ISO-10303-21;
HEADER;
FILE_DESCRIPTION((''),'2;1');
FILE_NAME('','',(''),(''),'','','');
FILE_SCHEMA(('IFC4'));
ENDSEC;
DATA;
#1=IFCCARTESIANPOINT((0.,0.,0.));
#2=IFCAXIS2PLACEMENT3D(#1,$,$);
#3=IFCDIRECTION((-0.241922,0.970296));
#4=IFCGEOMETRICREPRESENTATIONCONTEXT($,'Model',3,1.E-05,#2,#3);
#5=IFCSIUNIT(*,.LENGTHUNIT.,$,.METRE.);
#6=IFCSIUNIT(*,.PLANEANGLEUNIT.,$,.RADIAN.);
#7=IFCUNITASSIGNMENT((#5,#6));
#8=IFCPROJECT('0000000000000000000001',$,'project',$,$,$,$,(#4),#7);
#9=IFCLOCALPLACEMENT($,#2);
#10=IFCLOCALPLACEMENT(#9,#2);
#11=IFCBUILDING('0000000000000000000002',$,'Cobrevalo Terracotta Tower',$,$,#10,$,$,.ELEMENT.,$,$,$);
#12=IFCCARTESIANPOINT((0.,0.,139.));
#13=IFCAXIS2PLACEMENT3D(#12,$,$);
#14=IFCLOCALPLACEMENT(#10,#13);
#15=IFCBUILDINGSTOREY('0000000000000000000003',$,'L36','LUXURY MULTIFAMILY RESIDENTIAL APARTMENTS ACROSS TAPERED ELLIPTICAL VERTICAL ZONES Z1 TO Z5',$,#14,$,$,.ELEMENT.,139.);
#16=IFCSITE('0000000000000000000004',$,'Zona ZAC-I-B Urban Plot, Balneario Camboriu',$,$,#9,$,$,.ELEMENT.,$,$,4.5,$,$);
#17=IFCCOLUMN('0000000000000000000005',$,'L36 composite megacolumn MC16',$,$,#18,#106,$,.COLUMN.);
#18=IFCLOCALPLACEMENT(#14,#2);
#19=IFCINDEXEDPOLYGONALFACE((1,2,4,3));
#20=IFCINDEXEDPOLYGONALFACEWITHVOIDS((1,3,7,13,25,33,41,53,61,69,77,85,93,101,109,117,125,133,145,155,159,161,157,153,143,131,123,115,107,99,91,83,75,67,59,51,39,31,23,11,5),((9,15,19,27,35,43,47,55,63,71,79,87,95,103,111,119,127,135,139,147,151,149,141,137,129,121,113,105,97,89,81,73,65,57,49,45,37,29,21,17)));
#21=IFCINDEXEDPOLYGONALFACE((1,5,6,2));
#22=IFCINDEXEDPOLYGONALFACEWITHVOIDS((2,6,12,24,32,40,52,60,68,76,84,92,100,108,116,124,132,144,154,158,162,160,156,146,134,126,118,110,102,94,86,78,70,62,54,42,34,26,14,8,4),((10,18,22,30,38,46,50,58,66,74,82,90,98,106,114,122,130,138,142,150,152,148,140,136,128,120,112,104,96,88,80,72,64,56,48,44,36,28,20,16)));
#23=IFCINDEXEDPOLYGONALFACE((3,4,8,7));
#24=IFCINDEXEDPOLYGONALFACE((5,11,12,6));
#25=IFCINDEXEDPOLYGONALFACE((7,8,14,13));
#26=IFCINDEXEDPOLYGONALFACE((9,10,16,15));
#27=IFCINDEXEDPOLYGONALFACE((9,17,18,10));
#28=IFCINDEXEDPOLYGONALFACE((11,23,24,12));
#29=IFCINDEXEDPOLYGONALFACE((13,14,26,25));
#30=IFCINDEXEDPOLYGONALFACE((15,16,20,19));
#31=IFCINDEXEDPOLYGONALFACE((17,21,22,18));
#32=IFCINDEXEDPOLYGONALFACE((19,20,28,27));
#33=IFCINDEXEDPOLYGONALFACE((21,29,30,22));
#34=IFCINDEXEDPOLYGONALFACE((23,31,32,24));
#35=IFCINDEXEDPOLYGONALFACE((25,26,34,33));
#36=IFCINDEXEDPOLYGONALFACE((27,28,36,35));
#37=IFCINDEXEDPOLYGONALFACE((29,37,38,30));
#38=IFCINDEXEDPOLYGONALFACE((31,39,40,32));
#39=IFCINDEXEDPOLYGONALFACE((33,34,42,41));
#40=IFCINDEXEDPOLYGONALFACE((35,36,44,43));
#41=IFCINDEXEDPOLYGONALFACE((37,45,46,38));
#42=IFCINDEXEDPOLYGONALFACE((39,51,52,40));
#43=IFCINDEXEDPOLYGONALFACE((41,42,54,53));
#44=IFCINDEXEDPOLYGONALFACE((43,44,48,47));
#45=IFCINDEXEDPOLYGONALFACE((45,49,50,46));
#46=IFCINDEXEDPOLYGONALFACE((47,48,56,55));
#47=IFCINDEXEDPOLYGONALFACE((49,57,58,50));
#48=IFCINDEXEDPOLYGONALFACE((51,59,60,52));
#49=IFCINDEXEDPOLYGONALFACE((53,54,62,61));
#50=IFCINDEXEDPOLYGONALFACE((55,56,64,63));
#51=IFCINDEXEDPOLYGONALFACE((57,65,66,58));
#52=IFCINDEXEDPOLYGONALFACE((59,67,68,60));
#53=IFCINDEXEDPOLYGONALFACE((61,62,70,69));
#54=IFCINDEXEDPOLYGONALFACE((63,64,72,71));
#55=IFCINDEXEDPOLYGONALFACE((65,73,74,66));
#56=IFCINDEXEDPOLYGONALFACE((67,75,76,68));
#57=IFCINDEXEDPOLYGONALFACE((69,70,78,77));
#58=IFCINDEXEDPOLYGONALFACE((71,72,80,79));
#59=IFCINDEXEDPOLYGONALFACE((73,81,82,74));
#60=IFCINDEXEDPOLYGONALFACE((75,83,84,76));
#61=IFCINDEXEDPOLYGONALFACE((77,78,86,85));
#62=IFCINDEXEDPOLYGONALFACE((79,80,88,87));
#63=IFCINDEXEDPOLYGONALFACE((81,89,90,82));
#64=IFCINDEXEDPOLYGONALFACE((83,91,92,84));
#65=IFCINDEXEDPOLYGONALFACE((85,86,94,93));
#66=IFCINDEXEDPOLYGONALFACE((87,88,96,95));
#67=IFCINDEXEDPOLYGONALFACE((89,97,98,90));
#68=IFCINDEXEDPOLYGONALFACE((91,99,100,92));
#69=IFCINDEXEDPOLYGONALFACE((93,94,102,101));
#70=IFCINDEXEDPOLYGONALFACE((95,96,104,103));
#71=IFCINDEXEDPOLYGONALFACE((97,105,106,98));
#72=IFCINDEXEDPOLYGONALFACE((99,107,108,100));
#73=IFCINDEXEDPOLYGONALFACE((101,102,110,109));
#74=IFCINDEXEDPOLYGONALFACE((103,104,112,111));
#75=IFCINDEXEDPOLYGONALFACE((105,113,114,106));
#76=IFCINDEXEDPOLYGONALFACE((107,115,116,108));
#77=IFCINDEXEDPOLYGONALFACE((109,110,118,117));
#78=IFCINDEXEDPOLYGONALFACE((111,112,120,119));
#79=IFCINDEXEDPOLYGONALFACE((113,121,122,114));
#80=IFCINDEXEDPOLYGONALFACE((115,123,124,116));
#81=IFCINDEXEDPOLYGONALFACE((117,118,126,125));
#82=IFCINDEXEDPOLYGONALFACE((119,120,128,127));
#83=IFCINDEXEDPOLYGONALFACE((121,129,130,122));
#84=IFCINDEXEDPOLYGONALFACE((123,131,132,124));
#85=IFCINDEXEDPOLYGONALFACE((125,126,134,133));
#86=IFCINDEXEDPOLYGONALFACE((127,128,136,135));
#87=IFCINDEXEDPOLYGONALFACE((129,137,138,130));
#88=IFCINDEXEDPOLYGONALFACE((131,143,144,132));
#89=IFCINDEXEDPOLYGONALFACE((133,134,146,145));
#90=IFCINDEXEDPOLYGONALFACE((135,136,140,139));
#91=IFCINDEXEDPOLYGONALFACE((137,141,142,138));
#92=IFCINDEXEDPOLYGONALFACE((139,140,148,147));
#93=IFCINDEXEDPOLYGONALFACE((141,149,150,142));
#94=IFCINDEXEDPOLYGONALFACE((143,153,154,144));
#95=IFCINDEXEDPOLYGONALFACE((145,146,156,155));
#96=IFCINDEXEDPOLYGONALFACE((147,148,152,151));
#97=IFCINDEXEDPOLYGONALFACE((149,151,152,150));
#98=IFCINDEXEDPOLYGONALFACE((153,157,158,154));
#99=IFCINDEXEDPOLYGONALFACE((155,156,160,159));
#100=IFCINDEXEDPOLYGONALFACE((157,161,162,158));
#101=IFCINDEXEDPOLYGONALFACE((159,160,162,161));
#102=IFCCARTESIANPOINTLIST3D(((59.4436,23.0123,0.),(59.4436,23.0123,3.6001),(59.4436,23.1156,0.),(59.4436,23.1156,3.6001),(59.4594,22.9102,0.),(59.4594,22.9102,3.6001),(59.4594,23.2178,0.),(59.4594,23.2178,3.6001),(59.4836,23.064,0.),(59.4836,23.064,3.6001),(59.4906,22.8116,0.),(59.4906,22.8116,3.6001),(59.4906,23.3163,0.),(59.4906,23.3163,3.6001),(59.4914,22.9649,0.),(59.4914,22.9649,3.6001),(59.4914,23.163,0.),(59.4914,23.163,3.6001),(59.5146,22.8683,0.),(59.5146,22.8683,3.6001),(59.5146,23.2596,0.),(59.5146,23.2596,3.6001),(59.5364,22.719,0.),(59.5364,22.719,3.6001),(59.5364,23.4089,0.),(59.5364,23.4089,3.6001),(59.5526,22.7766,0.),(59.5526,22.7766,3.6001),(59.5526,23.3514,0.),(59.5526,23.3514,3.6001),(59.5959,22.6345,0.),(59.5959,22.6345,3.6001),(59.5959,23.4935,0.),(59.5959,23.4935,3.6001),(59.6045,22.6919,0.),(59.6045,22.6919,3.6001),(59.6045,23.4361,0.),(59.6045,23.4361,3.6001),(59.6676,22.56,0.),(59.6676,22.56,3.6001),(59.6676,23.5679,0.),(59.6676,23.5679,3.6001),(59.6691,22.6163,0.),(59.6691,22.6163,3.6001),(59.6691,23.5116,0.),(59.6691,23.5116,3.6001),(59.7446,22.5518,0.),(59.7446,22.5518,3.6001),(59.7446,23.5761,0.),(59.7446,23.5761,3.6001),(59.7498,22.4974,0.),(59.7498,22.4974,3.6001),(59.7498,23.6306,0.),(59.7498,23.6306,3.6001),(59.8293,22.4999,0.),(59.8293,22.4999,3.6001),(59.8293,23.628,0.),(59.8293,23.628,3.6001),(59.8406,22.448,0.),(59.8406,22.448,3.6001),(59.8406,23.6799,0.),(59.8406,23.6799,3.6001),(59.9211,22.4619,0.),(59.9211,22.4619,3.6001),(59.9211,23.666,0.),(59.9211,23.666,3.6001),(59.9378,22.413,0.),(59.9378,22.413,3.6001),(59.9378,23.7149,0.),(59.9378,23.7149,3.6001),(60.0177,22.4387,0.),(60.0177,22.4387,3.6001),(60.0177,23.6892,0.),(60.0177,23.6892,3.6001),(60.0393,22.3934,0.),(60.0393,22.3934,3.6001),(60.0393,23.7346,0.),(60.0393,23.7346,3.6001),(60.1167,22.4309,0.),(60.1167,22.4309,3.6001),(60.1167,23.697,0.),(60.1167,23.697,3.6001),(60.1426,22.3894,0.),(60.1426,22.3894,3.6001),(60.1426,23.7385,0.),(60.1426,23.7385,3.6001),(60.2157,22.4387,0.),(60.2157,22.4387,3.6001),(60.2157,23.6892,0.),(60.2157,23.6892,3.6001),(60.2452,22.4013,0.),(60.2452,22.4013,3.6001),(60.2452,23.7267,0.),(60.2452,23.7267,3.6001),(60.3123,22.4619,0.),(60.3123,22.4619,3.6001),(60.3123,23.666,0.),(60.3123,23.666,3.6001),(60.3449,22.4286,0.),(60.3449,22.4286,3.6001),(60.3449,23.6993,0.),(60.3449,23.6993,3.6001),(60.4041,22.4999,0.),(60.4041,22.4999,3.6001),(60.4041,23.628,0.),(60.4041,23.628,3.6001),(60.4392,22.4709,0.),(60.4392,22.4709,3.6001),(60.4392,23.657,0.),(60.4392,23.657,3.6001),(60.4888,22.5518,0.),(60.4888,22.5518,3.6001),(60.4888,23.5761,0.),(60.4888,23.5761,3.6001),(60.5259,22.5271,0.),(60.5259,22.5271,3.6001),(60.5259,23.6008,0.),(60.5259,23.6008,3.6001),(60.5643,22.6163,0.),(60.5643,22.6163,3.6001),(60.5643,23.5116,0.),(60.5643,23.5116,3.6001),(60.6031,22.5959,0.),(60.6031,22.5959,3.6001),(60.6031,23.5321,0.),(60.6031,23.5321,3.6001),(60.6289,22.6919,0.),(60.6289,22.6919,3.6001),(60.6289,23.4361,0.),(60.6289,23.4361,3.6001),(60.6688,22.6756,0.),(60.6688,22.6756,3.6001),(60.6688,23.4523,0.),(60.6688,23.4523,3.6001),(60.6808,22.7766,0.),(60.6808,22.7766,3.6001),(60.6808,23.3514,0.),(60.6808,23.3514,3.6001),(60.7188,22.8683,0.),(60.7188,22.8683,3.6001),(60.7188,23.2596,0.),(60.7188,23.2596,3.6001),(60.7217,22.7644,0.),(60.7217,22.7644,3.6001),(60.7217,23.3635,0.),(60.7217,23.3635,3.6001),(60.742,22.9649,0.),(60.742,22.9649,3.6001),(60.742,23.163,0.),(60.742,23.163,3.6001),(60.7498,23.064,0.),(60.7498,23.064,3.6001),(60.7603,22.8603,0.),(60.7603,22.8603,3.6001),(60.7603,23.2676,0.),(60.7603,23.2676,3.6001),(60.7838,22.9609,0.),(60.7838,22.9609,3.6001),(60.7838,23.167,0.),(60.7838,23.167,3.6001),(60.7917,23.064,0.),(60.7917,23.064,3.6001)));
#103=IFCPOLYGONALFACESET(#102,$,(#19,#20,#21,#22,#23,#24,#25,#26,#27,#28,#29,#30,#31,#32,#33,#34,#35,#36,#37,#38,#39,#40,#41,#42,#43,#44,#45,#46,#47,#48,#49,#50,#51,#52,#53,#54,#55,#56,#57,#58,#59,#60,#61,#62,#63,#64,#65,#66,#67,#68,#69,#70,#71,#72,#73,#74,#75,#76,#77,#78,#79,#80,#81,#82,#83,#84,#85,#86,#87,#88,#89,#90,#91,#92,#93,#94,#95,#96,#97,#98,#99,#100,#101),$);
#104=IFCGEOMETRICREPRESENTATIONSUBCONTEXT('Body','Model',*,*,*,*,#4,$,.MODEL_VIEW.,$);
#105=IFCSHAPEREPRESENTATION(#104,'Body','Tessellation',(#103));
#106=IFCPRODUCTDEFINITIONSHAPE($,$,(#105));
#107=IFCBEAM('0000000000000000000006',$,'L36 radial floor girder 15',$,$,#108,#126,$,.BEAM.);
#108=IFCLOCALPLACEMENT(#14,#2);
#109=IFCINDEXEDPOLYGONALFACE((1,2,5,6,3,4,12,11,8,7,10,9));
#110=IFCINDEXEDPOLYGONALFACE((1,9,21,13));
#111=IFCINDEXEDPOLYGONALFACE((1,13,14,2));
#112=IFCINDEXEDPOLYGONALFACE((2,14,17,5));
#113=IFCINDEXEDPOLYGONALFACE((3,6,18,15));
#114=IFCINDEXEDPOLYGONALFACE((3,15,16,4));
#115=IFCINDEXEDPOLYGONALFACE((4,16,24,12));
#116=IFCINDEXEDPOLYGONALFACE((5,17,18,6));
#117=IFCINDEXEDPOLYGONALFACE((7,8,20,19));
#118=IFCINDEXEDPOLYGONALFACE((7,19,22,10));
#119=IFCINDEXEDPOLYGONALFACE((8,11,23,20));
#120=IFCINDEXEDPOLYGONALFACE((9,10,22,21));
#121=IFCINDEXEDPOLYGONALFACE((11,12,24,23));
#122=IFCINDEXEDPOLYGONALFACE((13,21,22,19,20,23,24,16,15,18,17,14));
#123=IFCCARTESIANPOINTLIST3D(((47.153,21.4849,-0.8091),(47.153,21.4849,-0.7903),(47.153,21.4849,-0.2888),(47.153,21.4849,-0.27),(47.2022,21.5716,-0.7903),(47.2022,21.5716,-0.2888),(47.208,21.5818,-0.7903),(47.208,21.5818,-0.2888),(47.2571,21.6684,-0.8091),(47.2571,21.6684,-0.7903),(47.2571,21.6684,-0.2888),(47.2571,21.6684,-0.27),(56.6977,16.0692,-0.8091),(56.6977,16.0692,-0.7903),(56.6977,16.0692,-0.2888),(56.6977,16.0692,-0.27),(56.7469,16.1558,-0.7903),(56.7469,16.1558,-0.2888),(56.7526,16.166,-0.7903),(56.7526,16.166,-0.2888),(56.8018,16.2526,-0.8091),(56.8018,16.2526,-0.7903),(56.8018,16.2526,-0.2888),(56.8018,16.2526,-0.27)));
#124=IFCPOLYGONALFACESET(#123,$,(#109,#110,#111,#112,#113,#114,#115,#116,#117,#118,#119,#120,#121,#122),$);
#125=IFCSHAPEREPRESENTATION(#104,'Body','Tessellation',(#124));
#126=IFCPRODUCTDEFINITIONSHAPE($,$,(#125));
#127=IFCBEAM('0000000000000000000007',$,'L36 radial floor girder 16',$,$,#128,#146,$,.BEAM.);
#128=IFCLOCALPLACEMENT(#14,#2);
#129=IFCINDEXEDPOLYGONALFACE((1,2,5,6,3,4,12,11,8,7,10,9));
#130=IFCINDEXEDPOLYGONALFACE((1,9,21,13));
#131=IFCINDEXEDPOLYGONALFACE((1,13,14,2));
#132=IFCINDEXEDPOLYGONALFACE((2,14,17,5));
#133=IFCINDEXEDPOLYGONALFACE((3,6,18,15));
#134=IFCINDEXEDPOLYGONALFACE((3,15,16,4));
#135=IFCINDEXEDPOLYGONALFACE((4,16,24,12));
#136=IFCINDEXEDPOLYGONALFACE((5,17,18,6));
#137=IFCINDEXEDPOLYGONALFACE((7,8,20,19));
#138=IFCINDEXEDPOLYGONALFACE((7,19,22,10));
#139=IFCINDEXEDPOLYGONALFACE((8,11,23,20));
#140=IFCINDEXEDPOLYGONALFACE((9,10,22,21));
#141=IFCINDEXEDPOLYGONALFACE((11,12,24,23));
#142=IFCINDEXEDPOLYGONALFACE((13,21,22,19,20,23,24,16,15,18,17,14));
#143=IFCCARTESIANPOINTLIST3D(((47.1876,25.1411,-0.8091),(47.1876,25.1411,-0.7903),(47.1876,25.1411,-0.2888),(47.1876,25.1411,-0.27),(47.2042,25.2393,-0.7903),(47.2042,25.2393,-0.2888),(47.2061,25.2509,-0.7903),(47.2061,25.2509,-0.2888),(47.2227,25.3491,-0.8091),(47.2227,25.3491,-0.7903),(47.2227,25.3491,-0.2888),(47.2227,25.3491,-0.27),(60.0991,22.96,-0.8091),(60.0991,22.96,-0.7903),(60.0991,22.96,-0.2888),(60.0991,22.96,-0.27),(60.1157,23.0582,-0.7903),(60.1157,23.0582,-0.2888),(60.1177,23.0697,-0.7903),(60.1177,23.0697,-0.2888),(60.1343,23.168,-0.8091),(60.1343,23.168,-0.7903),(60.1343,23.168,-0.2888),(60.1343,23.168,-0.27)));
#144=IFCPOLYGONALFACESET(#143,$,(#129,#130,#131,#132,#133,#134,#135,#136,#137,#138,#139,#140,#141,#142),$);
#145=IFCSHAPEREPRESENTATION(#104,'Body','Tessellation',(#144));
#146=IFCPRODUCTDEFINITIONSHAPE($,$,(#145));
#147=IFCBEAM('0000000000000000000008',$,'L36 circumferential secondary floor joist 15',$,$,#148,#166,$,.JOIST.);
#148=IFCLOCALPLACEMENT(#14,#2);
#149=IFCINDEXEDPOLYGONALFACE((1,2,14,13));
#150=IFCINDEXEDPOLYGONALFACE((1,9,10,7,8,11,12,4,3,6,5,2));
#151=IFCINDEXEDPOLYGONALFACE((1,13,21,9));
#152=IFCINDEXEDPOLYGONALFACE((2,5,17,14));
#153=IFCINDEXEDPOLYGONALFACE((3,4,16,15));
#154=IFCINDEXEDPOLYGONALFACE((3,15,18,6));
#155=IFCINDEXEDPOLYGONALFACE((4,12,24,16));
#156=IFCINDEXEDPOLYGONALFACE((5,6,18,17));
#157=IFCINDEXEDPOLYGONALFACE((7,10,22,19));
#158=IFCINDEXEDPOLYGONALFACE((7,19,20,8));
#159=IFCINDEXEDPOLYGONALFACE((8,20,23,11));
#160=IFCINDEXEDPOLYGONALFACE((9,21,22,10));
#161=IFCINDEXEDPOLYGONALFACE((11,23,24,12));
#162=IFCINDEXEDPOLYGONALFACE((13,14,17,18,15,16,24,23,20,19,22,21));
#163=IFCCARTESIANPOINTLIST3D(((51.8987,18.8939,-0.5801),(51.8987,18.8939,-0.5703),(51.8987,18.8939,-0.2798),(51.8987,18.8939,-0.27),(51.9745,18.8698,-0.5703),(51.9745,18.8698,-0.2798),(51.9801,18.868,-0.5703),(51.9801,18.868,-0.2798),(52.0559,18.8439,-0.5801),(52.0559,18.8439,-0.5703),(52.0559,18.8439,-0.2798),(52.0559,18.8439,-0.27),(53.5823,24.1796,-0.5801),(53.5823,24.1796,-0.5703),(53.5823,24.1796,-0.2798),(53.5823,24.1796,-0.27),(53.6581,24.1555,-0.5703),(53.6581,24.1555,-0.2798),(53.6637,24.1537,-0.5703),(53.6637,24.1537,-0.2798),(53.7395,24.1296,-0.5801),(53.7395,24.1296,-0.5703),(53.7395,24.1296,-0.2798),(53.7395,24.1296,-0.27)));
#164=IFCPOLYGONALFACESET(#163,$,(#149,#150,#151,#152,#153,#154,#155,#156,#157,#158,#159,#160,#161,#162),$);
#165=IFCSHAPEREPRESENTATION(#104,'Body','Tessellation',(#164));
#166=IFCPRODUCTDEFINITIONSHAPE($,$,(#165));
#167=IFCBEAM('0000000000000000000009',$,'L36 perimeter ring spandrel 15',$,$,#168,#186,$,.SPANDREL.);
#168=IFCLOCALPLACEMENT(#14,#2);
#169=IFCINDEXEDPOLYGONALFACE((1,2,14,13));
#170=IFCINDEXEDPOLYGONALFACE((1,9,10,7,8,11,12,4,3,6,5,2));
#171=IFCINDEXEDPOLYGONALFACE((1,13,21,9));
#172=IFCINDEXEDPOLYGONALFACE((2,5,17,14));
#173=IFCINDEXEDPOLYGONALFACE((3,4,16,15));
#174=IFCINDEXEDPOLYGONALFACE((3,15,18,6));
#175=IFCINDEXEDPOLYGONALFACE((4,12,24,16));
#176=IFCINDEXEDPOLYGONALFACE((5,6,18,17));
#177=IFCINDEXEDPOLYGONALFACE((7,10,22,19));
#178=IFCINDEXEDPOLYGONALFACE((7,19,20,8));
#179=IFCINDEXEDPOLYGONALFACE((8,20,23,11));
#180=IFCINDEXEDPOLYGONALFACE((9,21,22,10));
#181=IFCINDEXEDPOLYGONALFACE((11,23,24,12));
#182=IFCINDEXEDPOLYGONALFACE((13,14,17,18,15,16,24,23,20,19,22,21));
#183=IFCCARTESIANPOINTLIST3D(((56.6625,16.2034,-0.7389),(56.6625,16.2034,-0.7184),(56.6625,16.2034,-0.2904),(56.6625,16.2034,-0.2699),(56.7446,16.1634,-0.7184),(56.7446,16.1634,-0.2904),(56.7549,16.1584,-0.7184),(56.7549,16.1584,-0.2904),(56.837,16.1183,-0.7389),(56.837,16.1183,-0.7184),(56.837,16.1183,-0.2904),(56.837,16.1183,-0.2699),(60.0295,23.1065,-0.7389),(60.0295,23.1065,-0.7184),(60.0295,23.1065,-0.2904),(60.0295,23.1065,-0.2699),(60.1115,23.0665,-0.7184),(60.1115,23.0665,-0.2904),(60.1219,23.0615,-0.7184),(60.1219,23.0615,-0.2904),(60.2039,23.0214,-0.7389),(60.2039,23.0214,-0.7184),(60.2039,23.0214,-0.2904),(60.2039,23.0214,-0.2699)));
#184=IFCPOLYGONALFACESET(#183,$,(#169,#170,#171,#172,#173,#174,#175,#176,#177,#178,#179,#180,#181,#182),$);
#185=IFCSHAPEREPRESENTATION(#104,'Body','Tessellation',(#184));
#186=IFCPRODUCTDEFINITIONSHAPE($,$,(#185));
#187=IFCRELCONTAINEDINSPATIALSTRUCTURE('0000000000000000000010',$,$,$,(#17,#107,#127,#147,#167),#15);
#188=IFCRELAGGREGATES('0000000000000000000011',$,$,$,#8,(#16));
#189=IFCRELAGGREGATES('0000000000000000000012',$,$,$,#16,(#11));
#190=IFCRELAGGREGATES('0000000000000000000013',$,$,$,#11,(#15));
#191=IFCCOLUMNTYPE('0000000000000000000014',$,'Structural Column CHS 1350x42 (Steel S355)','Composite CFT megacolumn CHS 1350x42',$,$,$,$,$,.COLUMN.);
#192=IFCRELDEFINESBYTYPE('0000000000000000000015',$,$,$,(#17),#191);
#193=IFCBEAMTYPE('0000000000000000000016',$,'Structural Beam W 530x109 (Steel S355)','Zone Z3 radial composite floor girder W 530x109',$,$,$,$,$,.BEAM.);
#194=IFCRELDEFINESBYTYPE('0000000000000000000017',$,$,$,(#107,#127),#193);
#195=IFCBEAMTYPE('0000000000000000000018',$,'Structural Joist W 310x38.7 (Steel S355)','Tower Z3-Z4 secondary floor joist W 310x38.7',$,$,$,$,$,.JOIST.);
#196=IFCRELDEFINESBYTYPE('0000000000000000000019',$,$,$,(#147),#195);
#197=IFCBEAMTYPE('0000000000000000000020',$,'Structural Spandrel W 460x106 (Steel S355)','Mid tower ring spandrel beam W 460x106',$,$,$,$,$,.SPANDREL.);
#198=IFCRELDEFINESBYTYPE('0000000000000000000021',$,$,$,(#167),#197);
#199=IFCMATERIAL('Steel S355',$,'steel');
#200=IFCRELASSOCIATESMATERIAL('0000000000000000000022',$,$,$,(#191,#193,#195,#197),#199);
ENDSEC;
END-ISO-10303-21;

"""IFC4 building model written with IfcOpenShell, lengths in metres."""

from ifc_helpers import new_model, si_unit, direction, frame, origin, origin_2d, place, context, subcontext, project, spatial, hollow_circle, i_section, extrude, material, material_profile, profile_set, type_object, element, save


model = new_model("IFC4")

# Units and contexts
model_context = context("Model", 3, precision=1e-05, world=origin(), true_north=direction((-0.241922, 0.970296)))
body_context = subcontext(model_context, "Body", "Model", "MODEL_VIEW")
ifc_project = project(units=[si_unit("LENGTHUNIT", "METRE"), si_unit("PLANEANGLEUNIT", "RADIAN")], contexts=[model_context])

# Site, building, storey
site_placement = place(None, origin())
site = spatial("IfcSite", under=ifc_project, at=site_placement, Name="Zona ZAC-I-B Urban Plot, Balneario Camboriu", CompositionType="ELEMENT", RefElevation=4.5)
building_placement = place(site_placement, origin())
building = spatial("IfcBuilding", under=site, at=building_placement, Name="Cobrevalo Terracotta Tower", CompositionType="ELEMENT")
storey_placement = place(building_placement, frame((0.0, 0.0, 139.0)))
storey = spatial("IfcBuildingStorey", under=building, at=storey_placement, Name="L36", Description="LUXURY MULTIFAMILY RESIDENTIAL APARTMENTS ACROSS TAPERED ELLIPTICAL VERTICAL ZONES Z1 TO Z5", CompositionType="ELEMENT", Elevation=139.0)

# Column
ifc_material_1 = material(Name="Steel S355", Category="steel")
ifc_material_profile_1 = material_profile(ifc_material_1, hollow_circle(Radius=0.675, WallThickness=0.042, at=origin_2d()), Name="CHS 1350x42")
ifc_profile_set_1 = profile_set([ifc_material_profile_1], Name="Steel S355")
column_type = type_object("IfcColumnType", Name="Structural Column CHS 1350x42 (Steel S355)", Description="Composite CFT megacolumn CHS 1350x42", PredefinedType="COLUMN", material=ifc_profile_set_1)
column_placement = place(storey_placement, frame((60.1167, 23.064, 0.0), z_axis=(0.0, 0.0, 1.0), x_axis=(1.0, 0.0, 0.0)))
element("IfcColumn", 1, at=column_placement, inside=storey, type_object=column_type, Name="L36 composite megacolumn MC16", PredefinedType="COLUMN", context=body_context, shape_type="SweptSolid", body=[
    extrude(hollow_circle(Radius=0.675, WallThickness=0.042, at=origin_2d()), origin(), (0.0, 0.0, 1.0), 3.6001),
])

# Beams
ifc_material_profile_2 = material_profile(ifc_material_1, i_section(OverallWidth=0.2109, OverallDepth=0.5391, WebThickness=0.0117, FlangeThickness=0.0188, at=origin_2d()), Name="W 530x109")
ifc_profile_set_2 = profile_set([ifc_material_profile_2], Name="Steel S355")
beam_type_1 = type_object("IfcBeamType", Name="Structural Beam W 530x109 (Steel S355)", Description="Zone Z3 radial composite floor girder W 530x109", PredefinedType="BEAM", material=ifc_profile_set_2)
beam_1_placement = place(storey_placement, frame((56.7498, 16.1609, -0.5396), z_axis=(-0.869744, 0.493504, 0.0), x_axis=(-0.493504, -0.869744, 0.0)))
element("IfcBeam", 2, at=beam_1_placement, inside=storey, type_object=beam_type_1, Name="L36 radial floor girder 15", PredefinedType="BEAM", context=body_context, shape_type="SweptSolid", body=[
    extrude(i_section(OverallWidth=0.2109, OverallDepth=0.5391, WebThickness=0.0117, FlangeThickness=0.0188, at=origin_2d()), origin(), (0.0, 0.0, 1.0), 10.9741),
])
beam_2_placement = place(storey_placement, frame((60.1167, 23.064, -0.5396), z_axis=(-0.98603, 0.166569, 0.0), x_axis=(-0.166569, -0.98603, 0.0)))
element("IfcBeam", 3, at=beam_2_placement, inside=storey, type_object=beam_type_1, Name="L36 radial floor girder 16", PredefinedType="BEAM", context=body_context, shape_type="SweptSolid", body=[
    extrude(i_section(OverallWidth=0.2109, OverallDepth=0.5391, WebThickness=0.0117, FlangeThickness=0.0188, at=origin_2d()), origin(), (0.0, 0.0, 1.0), 13.0945),
])
ifc_material_profile_3 = material_profile(ifc_material_1, i_section(OverallWidth=0.165, OverallDepth=0.3101, WebThickness=0.0059, FlangeThickness=0.0098, at=origin_2d()), Name="W 310x38.7")
ifc_profile_set_3 = profile_set([ifc_material_profile_3], Name="Steel S355")
beam_type_2 = type_object("IfcBeamType", Name="Structural Joist W 310x38.7 (Steel S355)", Description="Tower Z3-Z4 secondary floor joist W 310x38.7", PredefinedType="JOIST", material=ifc_profile_set_3)
beam_3_placement = place(storey_placement, frame((51.9773, 18.8689, -0.425), z_axis=(0.303498, 0.952832, 0.0), x_axis=(-0.952832, 0.303498, 0.0)))
element("IfcBeam", 4, at=beam_3_placement, inside=storey, type_object=beam_type_2, Name="L36 circumferential secondary floor joist 15", PredefinedType="JOIST", context=body_context, shape_type="SweptSolid", body=[
    extrude(i_section(OverallWidth=0.165, OverallDepth=0.3101, WebThickness=0.0059, FlangeThickness=0.0098, at=origin_2d()), origin(), (0.0, 0.0, 1.0), 5.5474),
])
ifc_material_profile_4 = material_profile(ifc_material_1, i_section(OverallWidth=0.1941, OverallDepth=0.469, WebThickness=0.0115, FlangeThickness=0.0205, at=origin_2d()), Name="W 460x106")
ifc_profile_set_4 = profile_set([ifc_material_profile_4], Name="Steel S355")
beam_type_3 = type_object("IfcBeamType", Name="Structural Spandrel W 460x106 (Steel S355)", Description="Mid tower ring spandrel beam W 460x106", PredefinedType="SPANDREL", material=ifc_profile_set_4)
beam_4_placement = place(storey_placement, frame((56.7498, 16.1609, -0.5044), z_axis=(0.43838, 0.89879, 0.0), x_axis=(-0.89879, 0.43838, 0.0)))
element("IfcBeam", 5, at=beam_4_placement, inside=storey, type_object=beam_type_3, Name="L36 perimeter ring spandrel 15", PredefinedType="SPANDREL", context=body_context, shape_type="SweptSolid", body=[
    extrude(i_section(OverallWidth=0.1941, OverallDepth=0.469, WebThickness=0.0115, FlangeThickness=0.0205, at=origin_2d()), origin(), (0.0, 0.0, 1.0), 7.6804),
])

save(model, "model.ifc")
